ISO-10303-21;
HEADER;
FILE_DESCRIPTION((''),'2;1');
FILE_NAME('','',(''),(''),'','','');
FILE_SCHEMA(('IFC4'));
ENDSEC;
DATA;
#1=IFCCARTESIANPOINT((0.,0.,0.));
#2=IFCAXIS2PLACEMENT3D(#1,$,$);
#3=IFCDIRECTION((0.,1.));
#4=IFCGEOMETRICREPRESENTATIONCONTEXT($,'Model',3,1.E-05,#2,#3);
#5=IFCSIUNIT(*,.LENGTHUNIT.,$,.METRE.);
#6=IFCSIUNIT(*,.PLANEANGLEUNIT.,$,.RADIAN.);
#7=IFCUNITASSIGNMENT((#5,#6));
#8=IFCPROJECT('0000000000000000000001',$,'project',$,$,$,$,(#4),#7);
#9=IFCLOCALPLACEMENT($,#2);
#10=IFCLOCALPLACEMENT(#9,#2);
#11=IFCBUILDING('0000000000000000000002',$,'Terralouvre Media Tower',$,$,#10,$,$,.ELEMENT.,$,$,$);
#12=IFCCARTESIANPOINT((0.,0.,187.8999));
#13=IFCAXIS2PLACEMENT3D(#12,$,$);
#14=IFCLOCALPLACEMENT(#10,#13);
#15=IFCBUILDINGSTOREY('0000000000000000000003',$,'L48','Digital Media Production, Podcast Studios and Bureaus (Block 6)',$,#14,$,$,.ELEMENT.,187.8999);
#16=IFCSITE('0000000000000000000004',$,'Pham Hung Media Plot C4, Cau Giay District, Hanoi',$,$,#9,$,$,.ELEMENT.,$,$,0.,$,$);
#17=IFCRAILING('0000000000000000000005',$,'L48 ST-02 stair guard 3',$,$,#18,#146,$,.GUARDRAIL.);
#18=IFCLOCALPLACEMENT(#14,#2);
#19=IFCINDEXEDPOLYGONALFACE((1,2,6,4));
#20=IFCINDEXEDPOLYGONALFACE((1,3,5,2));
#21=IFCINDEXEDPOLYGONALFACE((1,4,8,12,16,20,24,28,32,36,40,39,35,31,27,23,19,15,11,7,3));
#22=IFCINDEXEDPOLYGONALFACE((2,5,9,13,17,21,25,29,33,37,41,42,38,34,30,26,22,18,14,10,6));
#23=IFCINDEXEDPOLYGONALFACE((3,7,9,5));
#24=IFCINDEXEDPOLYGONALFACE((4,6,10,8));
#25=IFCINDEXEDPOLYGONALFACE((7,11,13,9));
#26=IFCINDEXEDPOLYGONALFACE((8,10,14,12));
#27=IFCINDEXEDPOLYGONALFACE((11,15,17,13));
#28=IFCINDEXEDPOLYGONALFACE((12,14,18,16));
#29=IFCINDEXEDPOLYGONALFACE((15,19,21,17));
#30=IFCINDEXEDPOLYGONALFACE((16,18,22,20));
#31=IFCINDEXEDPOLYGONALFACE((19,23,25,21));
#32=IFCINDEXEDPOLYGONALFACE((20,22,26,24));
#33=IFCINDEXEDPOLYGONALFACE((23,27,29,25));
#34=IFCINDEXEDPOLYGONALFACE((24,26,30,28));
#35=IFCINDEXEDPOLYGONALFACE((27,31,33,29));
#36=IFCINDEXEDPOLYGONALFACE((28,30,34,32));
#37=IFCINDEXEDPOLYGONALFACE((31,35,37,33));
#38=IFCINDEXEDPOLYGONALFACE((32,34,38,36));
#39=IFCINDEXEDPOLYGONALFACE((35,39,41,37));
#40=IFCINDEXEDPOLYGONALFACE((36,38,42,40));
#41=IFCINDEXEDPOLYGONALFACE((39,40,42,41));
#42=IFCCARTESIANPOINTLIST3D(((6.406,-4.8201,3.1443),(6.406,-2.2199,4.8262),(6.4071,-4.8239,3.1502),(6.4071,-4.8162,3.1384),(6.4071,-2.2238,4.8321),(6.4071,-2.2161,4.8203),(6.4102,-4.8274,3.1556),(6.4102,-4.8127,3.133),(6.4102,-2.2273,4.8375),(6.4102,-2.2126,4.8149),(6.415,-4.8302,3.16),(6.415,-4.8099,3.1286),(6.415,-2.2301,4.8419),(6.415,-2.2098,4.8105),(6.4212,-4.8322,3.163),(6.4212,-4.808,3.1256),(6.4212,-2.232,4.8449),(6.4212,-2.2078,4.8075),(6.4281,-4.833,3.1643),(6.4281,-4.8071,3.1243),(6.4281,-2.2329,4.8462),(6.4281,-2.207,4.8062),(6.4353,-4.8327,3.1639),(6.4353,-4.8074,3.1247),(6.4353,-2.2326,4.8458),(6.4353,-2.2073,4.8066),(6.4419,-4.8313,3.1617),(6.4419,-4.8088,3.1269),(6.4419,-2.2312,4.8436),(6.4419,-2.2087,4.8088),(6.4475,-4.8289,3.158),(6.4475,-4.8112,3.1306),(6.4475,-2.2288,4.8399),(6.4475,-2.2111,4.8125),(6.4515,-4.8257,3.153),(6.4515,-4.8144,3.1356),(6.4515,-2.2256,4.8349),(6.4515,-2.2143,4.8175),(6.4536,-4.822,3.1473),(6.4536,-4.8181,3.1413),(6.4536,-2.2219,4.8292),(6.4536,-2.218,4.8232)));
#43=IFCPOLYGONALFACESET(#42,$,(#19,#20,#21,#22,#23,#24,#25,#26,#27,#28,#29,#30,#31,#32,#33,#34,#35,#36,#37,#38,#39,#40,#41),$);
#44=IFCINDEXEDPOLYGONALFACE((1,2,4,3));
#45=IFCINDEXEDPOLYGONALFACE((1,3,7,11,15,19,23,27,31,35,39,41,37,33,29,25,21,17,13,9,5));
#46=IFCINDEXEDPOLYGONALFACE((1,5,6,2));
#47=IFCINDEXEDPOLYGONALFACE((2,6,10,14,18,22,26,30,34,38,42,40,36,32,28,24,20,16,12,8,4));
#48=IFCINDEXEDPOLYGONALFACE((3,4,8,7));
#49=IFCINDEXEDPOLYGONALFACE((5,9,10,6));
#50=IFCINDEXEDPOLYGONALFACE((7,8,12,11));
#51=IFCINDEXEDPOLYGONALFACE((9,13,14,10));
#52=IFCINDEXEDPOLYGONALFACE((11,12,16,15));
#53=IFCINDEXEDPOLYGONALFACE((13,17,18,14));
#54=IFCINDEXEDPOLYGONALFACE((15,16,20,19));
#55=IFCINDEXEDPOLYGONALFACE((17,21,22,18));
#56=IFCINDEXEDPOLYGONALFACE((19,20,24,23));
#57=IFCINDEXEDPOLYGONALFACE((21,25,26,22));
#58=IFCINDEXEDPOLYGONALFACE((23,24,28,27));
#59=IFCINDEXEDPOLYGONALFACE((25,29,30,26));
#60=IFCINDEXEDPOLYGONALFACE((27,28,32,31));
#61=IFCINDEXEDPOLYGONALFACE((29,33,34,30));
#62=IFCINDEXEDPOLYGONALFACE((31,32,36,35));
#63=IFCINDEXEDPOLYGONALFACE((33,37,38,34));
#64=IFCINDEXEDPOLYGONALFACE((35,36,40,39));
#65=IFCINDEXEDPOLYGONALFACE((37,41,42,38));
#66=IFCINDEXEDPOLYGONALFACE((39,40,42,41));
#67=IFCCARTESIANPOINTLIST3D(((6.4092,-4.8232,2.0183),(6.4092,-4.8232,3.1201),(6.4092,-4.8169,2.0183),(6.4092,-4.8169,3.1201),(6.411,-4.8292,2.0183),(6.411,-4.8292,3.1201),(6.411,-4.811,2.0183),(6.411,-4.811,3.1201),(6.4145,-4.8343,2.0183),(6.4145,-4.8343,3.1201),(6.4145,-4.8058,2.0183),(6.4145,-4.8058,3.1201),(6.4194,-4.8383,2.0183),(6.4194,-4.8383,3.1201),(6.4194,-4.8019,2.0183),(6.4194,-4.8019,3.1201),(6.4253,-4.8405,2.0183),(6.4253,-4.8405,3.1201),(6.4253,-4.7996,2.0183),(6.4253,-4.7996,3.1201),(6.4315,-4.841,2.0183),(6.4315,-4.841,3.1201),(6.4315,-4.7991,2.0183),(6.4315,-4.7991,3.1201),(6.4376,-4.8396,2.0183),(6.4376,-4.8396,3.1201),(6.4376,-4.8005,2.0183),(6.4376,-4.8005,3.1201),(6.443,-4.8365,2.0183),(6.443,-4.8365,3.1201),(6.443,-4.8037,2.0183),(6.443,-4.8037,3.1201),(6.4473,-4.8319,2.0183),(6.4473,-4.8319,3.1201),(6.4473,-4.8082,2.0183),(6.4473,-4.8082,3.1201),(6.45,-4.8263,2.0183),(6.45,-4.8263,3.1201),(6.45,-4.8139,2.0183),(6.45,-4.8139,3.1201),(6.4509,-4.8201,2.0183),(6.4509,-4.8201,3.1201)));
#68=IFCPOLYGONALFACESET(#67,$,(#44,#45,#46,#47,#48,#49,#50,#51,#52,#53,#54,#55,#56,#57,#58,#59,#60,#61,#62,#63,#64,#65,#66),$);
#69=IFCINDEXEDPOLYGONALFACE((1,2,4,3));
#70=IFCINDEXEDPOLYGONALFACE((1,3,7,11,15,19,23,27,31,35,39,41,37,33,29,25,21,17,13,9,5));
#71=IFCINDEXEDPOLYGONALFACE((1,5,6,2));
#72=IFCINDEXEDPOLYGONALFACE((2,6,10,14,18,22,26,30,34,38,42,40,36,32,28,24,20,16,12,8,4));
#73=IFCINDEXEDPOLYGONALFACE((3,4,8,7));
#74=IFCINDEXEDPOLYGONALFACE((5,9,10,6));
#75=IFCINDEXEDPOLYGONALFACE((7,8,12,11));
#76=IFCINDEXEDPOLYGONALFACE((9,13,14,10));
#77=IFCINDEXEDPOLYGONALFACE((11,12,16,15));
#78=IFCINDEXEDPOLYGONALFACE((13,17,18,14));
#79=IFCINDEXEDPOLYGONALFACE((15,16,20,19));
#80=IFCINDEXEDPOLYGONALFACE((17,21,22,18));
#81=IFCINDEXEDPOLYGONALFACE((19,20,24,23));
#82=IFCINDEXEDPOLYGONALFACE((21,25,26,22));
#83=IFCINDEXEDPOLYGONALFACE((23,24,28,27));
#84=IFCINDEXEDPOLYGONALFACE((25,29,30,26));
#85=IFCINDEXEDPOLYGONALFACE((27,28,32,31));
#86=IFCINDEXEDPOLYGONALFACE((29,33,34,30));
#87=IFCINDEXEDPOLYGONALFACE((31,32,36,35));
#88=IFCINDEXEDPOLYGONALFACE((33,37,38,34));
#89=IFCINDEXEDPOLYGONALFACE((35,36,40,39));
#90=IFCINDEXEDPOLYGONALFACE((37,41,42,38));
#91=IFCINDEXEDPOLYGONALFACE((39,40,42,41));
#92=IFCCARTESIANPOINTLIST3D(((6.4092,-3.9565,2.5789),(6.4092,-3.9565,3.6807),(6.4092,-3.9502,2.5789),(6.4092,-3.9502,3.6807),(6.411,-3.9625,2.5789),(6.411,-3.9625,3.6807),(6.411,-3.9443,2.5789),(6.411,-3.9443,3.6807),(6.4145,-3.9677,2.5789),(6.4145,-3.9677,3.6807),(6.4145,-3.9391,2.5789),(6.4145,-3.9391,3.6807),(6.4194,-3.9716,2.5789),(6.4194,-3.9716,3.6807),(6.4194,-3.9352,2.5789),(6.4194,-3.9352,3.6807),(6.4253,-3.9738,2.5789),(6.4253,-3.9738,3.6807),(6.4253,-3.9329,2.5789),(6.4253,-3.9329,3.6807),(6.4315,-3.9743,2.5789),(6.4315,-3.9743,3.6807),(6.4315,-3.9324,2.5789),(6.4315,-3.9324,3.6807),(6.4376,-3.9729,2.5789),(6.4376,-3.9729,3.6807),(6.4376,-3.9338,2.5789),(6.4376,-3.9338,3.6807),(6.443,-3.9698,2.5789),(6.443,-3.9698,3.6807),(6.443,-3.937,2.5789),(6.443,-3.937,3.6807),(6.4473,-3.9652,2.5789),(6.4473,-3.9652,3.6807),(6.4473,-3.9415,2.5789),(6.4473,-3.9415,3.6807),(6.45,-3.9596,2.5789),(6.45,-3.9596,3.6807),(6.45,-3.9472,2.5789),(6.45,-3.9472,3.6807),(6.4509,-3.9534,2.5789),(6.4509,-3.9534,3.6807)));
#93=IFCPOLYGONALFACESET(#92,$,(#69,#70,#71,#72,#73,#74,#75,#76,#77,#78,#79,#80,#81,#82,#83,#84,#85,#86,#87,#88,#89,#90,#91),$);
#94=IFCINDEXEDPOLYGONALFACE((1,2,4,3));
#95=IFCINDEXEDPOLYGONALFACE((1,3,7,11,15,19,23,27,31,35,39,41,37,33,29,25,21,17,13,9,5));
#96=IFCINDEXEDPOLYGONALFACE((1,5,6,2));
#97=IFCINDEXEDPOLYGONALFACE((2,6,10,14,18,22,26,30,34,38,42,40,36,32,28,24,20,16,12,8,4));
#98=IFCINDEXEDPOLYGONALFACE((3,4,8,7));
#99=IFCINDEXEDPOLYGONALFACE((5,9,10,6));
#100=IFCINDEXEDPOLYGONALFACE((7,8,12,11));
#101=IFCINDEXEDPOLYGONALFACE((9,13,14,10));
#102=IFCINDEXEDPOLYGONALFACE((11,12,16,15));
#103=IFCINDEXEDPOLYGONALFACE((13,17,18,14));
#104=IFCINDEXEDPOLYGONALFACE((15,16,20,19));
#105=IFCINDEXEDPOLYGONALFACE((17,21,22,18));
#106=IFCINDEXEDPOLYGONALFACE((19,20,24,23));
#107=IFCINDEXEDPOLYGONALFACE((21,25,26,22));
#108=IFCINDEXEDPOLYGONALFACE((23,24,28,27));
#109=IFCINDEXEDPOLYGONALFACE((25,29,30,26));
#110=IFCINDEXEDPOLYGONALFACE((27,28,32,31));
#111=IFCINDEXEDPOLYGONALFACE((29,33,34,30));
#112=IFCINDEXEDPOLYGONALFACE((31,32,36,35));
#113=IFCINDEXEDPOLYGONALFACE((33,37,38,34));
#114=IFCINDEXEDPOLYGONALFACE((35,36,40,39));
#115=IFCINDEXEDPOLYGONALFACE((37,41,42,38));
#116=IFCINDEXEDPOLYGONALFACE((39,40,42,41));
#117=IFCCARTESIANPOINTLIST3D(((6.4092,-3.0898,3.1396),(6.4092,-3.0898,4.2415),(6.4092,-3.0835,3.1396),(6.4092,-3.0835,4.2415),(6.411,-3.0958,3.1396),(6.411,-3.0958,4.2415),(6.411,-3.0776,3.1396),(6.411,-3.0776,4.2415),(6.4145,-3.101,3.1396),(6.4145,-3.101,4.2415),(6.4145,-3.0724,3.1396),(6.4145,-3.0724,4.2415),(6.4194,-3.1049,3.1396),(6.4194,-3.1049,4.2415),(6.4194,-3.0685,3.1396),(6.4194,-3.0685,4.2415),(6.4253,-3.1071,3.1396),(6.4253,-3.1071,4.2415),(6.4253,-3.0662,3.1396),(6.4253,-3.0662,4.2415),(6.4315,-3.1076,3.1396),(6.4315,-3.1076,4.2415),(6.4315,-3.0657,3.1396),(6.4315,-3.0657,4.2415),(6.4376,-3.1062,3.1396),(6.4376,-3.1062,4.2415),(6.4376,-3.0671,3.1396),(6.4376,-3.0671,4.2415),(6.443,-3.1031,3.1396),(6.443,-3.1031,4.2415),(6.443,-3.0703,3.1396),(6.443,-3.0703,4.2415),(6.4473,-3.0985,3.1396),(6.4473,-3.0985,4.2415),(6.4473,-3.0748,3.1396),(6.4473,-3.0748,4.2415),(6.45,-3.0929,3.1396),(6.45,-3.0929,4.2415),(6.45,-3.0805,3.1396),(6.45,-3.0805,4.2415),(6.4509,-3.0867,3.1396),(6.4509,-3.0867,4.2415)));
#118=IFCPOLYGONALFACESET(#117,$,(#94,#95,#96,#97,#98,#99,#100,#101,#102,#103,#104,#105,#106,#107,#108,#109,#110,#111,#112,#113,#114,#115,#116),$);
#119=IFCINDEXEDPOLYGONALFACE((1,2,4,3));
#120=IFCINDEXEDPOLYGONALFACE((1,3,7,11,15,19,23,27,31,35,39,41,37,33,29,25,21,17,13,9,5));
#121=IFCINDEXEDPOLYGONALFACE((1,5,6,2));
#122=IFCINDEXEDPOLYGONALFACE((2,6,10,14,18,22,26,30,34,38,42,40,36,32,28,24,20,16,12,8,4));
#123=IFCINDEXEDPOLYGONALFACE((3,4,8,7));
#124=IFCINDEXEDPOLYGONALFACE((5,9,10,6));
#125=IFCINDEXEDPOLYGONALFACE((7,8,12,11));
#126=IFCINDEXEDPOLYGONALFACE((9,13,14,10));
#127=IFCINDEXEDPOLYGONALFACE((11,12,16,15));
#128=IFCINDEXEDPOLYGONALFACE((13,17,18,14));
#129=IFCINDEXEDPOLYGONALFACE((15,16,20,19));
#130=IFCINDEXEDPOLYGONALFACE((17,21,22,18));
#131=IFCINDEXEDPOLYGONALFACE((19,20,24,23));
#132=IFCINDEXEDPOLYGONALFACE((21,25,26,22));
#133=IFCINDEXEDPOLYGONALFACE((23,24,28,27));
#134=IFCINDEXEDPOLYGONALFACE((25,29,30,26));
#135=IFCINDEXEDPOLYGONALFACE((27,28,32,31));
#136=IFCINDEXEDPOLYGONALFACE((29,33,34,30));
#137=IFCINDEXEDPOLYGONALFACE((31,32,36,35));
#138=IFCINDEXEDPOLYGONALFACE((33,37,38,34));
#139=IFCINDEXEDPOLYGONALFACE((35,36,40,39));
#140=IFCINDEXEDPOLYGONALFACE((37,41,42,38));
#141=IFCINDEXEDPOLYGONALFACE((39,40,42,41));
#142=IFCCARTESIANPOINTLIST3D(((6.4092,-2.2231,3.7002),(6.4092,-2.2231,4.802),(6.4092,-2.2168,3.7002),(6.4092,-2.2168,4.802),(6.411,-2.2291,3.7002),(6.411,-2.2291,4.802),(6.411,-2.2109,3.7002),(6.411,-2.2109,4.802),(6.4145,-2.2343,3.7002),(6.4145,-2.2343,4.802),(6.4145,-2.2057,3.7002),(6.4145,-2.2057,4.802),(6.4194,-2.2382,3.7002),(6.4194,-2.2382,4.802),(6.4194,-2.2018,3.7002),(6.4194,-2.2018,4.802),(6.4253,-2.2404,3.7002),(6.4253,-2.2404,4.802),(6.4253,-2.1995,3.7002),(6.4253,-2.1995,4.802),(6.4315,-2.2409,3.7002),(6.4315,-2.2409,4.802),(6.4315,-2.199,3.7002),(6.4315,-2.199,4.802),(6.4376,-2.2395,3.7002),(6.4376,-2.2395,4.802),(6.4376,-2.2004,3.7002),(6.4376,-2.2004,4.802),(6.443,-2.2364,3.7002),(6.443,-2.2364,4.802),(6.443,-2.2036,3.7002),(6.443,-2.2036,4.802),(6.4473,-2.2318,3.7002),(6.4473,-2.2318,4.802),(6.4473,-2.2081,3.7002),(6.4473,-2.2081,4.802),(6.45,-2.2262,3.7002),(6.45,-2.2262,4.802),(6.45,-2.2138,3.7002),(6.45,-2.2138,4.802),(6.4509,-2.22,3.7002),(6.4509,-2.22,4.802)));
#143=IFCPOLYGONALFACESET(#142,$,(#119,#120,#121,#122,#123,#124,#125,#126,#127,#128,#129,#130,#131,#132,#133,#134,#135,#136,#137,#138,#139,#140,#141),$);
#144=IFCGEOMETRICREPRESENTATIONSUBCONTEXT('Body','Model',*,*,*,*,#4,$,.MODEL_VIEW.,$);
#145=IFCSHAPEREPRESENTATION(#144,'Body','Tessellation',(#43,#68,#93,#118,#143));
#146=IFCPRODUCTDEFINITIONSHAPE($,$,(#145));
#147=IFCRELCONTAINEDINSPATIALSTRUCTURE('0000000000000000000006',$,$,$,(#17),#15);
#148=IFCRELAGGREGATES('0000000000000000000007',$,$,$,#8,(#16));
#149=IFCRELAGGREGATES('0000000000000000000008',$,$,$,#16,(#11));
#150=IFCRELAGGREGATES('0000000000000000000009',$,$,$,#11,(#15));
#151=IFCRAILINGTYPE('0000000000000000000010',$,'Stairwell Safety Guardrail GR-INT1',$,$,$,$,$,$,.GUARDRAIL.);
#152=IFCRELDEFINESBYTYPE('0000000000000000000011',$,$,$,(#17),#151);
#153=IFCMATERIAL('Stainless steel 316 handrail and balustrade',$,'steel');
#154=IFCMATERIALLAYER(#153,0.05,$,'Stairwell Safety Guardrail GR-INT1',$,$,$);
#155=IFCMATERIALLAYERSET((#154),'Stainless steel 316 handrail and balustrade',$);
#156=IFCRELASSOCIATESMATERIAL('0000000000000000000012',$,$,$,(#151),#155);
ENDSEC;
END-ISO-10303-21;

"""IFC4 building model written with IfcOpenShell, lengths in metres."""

from ifc_helpers import new_model, si_unit, direction, frame, origin, origin_2d, place, context, subcontext, project, spatial, circle, extrude, material, layer, layer_set, type_object, element, save


model = new_model("IFC4")

# Units and contexts
model_context = context("Model", 3, precision=1e-05, world=origin(), true_north=direction((0.0, 1.0)))
body_context = subcontext(model_context, "Body", "Model", "MODEL_VIEW")
ifc_project = project(units=[si_unit("LENGTHUNIT", "METRE"), si_unit("PLANEANGLEUNIT", "RADIAN")], contexts=[model_context])

# Site, building, storey
site_placement = place(None, origin())
site = spatial("IfcSite", under=ifc_project, at=site_placement, Name="Pham Hung Media Plot C4, Cau Giay District, Hanoi", CompositionType="ELEMENT", RefElevation=0.0)
building_placement = place(site_placement, origin())
building = spatial("IfcBuilding", under=site, at=building_placement, Name="Terralouvre Media Tower", CompositionType="ELEMENT")
storey_placement = place(building_placement, frame((0.0, 0.0, 187.8999)))
storey = spatial("IfcBuildingStorey", under=building, at=storey_placement, Name="L48", Description="Digital Media Production, Podcast Studios and Bureaus (Block 6)", CompositionType="ELEMENT", Elevation=187.8999)

# Railing
ifc_material_1 = material(Name="Stainless steel 316 handrail and balustrade", Category="steel")
ifc_layer_1 = layer(ifc_material_1, 0.05, Name="Stairwell Safety Guardrail GR-INT1")
ifc_layer_set_1 = layer_set([ifc_layer_1], Name="Stainless steel 316 handrail and balustrade")
railing_type_1 = type_object("IfcRailingType", Name="Stairwell Safety Guardrail GR-INT1", PredefinedType="GUARDRAIL", material=ifc_layer_set_1)
railing_1_placement = place(storey_placement, frame((6.4299, -4.8201, 2.0183)))
element("IfcRailing", 1, at=railing_1_placement, inside=storey, type_object=railing_type_1, Name="L48 ST-02 stair guard 3", PredefinedType="GUARDRAIL", context=body_context, shape_type="SweptSolid", body=[
    extrude(circle(Radius=0.0239, at=origin_2d()), frame((0.0, 0.0, 1.126), z_axis=(0.0, 0.839648, 0.54313), x_axis=(-1.0, 0.0, 0.0)), (0.0, 0.0, 1.0), 3.0967),
    extrude(circle(Radius=0.021, at=origin_2d()), origin(), (0.0, 0.0, 1.0), 1.1018),
    extrude(circle(Radius=0.021, at=origin_2d()), frame((0.0, 0.8667, 0.5605)), (0.0, 0.0, 1.0), 1.1018),
    extrude(circle(Radius=0.021, at=origin_2d()), frame((0.0, 1.7334, 1.1213)), (0.0, 0.0, 1.0), 1.1018),
    extrude(circle(Radius=0.021, at=origin_2d()), frame((0.0, 2.6001, 1.6819)), (0.0, 0.0, 1.0), 1.1018),
])

save(model, "model.ifc")
